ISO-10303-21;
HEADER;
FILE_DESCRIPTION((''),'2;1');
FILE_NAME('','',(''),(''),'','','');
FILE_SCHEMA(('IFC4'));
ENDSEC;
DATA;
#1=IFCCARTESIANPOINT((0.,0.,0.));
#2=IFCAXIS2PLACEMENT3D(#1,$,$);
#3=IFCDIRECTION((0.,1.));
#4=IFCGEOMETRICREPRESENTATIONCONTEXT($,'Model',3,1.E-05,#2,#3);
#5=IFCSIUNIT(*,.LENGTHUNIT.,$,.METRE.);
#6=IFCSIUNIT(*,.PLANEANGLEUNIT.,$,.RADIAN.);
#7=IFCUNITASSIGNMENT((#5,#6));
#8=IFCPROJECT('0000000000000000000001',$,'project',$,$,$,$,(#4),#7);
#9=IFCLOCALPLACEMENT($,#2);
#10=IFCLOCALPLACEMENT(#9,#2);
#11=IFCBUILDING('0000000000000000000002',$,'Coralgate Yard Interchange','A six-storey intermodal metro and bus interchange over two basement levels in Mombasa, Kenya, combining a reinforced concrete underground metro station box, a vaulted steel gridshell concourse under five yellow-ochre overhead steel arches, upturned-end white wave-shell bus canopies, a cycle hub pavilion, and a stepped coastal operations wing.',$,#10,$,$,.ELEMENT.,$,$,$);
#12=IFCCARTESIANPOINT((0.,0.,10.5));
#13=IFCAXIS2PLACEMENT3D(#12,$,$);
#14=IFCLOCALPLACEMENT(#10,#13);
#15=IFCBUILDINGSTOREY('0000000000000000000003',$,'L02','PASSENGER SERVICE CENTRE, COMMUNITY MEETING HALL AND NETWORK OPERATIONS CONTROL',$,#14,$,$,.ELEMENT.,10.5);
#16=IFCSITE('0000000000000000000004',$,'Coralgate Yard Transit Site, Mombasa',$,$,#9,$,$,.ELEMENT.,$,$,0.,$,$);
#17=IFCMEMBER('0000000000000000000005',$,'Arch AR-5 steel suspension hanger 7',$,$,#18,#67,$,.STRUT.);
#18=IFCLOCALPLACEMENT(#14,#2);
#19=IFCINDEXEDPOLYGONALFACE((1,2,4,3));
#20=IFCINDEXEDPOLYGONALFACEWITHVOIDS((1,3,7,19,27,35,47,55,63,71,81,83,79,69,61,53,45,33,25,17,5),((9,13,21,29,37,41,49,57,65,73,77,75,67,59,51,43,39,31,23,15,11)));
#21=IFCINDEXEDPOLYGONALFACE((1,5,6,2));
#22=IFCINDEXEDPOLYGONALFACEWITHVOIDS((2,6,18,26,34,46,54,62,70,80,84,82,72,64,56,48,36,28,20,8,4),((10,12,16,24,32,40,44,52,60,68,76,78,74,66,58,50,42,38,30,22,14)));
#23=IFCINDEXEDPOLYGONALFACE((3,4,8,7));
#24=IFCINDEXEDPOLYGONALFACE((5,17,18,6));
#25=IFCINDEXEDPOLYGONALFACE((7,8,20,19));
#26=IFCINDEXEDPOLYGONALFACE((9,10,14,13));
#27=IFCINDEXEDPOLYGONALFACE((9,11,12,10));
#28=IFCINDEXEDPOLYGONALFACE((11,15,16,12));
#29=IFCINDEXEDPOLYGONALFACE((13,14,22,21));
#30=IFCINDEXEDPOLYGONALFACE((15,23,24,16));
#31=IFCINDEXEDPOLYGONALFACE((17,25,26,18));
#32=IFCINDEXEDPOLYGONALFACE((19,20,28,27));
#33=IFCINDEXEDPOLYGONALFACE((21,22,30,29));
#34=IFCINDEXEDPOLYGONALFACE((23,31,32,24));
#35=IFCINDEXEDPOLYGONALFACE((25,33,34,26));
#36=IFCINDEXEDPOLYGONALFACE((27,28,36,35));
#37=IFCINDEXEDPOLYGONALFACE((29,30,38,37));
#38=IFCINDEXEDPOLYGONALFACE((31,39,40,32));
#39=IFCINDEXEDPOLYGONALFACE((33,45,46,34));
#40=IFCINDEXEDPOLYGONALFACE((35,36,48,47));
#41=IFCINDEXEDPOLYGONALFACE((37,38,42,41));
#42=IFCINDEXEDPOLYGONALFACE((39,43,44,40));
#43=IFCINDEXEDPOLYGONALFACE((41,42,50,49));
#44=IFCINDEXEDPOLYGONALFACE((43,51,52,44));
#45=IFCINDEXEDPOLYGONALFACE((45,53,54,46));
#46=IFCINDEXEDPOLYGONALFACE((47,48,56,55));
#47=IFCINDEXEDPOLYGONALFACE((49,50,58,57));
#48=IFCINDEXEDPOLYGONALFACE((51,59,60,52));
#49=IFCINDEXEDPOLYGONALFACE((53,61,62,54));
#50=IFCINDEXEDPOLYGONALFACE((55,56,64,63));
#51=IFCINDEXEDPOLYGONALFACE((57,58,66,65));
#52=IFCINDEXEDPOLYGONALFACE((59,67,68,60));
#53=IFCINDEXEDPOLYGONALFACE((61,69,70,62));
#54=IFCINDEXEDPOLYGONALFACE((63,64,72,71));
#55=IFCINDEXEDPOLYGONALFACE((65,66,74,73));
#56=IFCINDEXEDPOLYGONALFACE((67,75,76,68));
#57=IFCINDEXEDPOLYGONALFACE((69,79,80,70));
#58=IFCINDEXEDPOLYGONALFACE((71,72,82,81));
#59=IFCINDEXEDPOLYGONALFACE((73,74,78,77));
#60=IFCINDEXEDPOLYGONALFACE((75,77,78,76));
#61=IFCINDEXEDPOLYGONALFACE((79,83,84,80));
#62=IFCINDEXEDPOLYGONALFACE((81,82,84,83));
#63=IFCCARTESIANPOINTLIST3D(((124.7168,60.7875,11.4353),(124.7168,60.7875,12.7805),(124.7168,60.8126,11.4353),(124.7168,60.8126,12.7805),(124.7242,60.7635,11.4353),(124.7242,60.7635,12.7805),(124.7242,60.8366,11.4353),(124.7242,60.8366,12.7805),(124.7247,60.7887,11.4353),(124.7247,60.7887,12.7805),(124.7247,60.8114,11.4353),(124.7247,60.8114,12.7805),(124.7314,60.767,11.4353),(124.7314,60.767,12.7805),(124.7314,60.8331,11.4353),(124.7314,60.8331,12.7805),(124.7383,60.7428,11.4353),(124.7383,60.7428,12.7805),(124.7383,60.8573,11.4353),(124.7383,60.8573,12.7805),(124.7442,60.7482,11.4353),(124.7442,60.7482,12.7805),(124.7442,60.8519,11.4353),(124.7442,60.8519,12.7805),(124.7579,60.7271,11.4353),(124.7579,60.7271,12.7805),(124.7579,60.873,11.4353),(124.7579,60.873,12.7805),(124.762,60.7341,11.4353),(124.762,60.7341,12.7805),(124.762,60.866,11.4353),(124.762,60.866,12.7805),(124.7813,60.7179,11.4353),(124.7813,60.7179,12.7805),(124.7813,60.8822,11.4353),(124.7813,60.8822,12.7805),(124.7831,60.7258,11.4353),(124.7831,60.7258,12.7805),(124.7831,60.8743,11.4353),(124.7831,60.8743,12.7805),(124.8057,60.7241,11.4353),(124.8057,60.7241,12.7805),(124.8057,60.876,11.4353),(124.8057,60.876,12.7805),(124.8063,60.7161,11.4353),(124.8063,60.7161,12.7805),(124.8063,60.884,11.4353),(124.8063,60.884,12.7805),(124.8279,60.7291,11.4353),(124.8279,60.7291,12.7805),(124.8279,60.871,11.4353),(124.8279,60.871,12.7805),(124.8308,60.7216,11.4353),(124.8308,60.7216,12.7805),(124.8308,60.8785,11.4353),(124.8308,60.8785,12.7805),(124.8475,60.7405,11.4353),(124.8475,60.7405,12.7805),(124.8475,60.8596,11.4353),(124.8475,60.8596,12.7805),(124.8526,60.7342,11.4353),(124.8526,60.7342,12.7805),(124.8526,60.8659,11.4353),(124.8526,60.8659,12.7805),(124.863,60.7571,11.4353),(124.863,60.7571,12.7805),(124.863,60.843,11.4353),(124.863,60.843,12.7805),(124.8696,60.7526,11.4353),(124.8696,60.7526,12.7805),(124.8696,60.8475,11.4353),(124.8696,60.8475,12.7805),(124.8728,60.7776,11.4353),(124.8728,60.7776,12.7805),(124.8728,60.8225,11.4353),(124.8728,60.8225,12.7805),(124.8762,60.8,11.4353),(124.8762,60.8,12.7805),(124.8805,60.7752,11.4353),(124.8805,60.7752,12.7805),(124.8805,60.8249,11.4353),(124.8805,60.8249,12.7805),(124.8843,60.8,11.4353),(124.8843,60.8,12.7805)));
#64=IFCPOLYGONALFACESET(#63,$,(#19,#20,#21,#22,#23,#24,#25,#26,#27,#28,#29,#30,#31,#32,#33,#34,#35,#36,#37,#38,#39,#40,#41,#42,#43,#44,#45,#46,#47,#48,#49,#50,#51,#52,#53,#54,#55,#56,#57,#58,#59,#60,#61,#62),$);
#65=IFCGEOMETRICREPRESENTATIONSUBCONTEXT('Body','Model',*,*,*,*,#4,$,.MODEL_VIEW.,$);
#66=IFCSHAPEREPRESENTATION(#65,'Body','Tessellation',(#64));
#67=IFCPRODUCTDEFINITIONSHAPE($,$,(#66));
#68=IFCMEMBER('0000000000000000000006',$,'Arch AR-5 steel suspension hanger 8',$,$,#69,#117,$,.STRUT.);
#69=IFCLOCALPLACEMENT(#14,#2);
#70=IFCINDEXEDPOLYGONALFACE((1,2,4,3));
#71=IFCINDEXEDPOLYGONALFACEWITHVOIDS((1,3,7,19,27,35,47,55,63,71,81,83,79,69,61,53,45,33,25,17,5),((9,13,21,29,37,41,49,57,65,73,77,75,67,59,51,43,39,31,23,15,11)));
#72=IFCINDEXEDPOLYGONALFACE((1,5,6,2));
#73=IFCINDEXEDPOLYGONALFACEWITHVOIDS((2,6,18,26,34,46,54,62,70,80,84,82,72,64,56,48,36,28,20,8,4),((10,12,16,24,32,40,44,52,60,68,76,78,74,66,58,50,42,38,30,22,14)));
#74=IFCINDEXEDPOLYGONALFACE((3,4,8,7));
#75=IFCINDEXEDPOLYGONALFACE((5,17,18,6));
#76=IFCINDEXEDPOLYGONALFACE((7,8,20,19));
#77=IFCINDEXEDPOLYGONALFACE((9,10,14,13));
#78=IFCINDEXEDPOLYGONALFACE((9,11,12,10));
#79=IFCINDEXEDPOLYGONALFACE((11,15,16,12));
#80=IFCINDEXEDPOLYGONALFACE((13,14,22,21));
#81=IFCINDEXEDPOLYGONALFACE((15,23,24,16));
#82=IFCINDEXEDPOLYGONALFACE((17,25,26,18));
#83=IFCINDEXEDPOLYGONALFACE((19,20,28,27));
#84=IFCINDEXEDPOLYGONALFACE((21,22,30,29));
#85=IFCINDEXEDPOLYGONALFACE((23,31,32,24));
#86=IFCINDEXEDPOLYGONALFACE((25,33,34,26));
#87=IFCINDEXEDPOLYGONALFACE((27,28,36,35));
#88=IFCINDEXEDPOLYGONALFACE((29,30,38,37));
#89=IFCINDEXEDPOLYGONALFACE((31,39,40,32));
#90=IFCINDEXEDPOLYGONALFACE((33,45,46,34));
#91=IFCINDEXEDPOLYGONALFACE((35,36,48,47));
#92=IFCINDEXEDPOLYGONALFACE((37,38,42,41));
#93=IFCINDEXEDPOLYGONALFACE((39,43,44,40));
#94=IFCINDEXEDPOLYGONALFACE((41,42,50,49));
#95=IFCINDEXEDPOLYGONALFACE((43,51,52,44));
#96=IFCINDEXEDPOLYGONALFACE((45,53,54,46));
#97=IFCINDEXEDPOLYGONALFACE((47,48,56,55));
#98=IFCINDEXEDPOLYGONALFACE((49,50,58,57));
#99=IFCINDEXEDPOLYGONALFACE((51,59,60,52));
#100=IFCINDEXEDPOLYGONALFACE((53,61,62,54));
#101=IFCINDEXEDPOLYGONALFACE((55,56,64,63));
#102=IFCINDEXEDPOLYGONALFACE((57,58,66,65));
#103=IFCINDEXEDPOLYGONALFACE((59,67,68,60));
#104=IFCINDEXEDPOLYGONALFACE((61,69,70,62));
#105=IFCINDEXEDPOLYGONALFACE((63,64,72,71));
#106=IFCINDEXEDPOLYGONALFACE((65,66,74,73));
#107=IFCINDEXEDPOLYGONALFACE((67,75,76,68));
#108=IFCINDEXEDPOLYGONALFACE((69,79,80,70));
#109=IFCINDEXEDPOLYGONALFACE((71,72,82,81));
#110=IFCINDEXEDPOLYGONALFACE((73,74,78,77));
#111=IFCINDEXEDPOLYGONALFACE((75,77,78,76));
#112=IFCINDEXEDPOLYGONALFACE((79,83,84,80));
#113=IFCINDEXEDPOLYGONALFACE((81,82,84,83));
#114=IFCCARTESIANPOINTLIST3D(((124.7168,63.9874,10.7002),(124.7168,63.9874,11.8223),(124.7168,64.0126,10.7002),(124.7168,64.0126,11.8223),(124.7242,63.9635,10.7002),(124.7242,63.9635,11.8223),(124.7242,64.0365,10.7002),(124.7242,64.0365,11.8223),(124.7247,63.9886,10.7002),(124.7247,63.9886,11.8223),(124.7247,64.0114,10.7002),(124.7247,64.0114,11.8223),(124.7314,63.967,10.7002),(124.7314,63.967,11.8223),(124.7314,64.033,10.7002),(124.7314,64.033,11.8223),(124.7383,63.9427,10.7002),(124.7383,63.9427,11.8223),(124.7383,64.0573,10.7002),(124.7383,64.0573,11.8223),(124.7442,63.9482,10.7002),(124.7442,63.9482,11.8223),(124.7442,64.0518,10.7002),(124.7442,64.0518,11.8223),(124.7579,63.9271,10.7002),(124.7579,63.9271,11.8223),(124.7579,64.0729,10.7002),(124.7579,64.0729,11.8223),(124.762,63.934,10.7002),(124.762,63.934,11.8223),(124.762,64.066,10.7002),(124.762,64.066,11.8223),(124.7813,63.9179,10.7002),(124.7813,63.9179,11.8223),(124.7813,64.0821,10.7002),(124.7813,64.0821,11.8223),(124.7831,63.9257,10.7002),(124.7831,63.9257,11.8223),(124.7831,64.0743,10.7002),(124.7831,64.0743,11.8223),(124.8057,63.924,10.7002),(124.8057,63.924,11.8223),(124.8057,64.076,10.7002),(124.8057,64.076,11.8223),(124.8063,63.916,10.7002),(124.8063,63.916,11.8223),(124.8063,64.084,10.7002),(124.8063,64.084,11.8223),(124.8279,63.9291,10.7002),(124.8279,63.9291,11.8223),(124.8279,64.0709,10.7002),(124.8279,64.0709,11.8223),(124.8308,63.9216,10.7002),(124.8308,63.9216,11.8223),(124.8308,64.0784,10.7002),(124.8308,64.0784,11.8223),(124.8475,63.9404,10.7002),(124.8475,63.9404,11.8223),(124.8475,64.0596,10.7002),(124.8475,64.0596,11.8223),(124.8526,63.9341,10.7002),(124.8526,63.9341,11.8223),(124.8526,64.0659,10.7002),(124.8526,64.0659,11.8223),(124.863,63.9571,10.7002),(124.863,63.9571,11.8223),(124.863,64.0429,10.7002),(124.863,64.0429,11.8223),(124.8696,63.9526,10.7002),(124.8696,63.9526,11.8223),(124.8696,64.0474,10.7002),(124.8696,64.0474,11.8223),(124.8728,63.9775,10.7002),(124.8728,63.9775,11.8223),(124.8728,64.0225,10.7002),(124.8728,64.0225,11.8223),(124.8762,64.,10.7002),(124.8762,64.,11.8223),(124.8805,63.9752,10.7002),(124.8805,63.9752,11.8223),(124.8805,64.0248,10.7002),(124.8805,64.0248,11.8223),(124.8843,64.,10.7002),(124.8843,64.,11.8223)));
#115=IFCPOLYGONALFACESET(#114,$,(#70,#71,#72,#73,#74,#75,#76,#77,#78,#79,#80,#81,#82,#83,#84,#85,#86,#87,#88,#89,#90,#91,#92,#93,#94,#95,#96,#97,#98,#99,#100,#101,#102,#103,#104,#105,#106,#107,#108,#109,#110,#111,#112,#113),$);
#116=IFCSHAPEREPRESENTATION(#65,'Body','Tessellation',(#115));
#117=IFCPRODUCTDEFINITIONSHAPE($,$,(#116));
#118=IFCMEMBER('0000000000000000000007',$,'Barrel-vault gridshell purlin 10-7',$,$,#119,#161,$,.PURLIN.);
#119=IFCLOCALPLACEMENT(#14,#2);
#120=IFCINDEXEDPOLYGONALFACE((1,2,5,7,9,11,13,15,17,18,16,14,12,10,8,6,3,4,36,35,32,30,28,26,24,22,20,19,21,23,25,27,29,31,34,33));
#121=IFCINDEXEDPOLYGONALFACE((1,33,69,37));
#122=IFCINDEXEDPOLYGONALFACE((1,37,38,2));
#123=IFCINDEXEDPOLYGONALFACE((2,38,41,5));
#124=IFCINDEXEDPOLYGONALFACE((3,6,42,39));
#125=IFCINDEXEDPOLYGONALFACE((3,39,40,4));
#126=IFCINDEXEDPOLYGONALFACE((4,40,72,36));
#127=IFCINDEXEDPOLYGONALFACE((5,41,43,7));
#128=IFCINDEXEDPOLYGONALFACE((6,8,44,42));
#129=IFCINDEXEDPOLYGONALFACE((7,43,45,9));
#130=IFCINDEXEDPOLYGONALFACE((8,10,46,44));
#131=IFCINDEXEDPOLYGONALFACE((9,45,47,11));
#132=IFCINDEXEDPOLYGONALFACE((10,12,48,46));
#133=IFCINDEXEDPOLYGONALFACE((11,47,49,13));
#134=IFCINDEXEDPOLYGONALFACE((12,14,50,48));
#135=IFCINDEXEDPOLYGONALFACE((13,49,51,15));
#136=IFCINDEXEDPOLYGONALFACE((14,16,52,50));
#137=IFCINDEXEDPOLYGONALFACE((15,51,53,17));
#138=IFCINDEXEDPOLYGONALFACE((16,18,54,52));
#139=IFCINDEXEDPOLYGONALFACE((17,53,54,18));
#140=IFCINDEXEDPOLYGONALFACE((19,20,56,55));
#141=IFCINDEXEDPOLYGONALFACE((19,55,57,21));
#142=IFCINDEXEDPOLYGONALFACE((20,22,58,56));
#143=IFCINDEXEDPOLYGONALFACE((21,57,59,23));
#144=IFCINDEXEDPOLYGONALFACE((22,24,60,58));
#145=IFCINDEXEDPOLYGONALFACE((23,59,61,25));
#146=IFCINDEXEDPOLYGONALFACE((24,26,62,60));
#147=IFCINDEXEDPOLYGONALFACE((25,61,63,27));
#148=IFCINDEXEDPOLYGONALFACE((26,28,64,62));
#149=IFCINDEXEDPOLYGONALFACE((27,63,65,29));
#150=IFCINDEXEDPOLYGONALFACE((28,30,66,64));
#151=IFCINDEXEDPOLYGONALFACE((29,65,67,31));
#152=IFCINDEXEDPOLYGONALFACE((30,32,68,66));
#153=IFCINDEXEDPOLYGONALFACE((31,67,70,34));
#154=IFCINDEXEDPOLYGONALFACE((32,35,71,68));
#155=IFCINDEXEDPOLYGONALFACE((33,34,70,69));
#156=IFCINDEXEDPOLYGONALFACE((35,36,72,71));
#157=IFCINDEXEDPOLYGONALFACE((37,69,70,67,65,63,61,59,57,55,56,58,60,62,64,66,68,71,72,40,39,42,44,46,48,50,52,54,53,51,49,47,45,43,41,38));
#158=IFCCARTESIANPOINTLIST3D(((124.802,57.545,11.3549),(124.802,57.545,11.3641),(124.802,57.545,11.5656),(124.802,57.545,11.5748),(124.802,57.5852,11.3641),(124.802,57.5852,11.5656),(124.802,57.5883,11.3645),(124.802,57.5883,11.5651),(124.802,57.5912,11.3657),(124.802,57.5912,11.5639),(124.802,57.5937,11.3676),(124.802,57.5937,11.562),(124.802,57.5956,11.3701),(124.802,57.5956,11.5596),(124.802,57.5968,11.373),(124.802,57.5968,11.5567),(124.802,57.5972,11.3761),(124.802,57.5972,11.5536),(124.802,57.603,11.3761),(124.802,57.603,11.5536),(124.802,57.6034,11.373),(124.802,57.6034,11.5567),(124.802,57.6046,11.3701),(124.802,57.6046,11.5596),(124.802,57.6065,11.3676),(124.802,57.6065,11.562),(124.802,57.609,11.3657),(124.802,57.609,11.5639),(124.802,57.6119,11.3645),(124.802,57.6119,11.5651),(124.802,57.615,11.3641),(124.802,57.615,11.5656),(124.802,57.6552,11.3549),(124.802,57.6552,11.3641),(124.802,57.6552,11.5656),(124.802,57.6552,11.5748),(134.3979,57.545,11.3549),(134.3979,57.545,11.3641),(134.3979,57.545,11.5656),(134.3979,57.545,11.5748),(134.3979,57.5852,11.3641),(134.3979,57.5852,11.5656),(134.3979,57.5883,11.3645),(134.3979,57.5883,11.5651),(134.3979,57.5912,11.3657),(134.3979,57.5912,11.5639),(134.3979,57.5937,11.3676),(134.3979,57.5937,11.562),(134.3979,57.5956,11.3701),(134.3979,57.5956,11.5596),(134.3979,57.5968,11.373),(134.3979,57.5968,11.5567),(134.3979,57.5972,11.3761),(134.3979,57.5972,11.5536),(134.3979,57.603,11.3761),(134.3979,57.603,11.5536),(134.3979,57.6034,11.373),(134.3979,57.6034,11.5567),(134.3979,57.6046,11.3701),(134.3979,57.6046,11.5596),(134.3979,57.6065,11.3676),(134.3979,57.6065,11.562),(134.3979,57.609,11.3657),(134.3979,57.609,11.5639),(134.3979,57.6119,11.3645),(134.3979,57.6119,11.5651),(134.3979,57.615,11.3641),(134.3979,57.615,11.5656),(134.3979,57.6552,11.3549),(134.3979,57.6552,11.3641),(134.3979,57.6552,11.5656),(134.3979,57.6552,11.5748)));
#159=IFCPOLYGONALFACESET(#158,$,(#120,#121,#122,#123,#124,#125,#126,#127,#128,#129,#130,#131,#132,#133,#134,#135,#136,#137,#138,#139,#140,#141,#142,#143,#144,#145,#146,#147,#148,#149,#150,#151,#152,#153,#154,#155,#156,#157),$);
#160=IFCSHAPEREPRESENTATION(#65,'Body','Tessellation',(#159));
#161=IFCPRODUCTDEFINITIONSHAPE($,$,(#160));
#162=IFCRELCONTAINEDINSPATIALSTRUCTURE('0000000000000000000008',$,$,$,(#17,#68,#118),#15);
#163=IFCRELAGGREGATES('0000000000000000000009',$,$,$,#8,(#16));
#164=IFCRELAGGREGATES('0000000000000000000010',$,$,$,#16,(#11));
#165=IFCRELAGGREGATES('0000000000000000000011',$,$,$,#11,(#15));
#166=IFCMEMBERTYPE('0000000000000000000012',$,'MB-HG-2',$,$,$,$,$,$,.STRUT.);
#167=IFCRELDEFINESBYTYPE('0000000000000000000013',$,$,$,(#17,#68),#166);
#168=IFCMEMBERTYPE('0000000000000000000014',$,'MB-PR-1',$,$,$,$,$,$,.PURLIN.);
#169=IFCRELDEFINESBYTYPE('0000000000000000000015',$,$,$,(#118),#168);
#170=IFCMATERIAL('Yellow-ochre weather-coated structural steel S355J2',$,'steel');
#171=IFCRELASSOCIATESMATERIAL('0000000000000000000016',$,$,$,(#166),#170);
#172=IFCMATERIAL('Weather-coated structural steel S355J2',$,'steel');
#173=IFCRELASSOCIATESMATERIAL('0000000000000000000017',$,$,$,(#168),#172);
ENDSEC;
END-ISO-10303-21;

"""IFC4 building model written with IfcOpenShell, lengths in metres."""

from ifc_helpers import new_model, si_unit, direction, frame, origin, origin_2d, place, context, subcontext, project, spatial, hollow_circle, i_section, extrude, material, material_profile, profile_set, type_object, element, save


model = new_model("IFC4")

# Units and contexts
model_context = context("Model", 3, precision=1e-05, world=origin(), true_north=direction((0.0, 1.0)))
body_context = subcontext(model_context, "Body", "Model", "MODEL_VIEW")
ifc_project = project(units=[si_unit("LENGTHUNIT", "METRE"), si_unit("PLANEANGLEUNIT", "RADIAN")], contexts=[model_context])

# Site, building, storey
site_placement = place(None, origin())
site = spatial("IfcSite", under=ifc_project, at=site_placement, Name="Coralgate Yard Transit Site, Mombasa", CompositionType="ELEMENT", RefElevation=0.0)
building_placement = place(site_placement, origin())
building = spatial("IfcBuilding", under=site, at=building_placement, Name="Coralgate Yard Interchange", Description="A six-storey intermodal metro and bus interchange over two basement levels in Mombasa, Kenya, combining a reinforced concrete underground metro station box, a vaulted steel gridshell concourse under five yellow-ochre overhead steel arches, upturned-end white wave-shell bus canopies, a cycle hub pavilion, and a stepped coastal operations wing.", CompositionType="ELEMENT")
storey_placement = place(building_placement, frame((0.0, 0.0, 10.5)))
storey = spatial("IfcBuildingStorey", under=building, at=storey_placement, Name="L02", Description="PASSENGER SERVICE CENTRE, COMMUNITY MEETING HALL AND NETWORK OPERATIONS CONTROL", CompositionType="ELEMENT", Elevation=10.5)

# Shared definitions
ifc_material_1 = material(Name="Yellow-ochre weather-coated structural steel S355J2", Category="steel")
ifc_material_2 = material(Name="Weather-coated structural steel S355J2", Category="steel")

# Members
ifc_material_profile_1 = material_profile(ifc_material_1, hollow_circle(Radius=0.0842, WallThickness=0.0081, at=origin_2d()), Name="CHS 168.3x8")
ifc_profile_set_1 = profile_set([ifc_material_profile_1], Name="Yellow-ochre weather-coated structural steel S355J2")
member_type_1 = type_object("IfcMemberType", Name="MB-HG-2", PredefinedType="STRUT", material=ifc_profile_set_1)
member_1_placement = place(storey_placement, frame((124.8, 60.8, 11.4353), z_axis=(0.0, 0.0, 1.0), x_axis=(1.0, 0.0, 0.0)))
element("IfcMember", 1, at=member_1_placement, inside=storey, type_object=member_type_1, Name="Arch AR-5 steel suspension hanger 7", PredefinedType="STRUT", context=body_context, shape_type="SweptSolid", body=[
    extrude(hollow_circle(Radius=0.0842, WallThickness=0.0081, at=origin_2d()), origin(), (0.0, 0.0, 1.0), 1.3452),
])
member_2_placement = place(storey_placement, frame((124.8, 64.0, 10.7002), z_axis=(0.0, 0.0, 1.0), x_axis=(1.0, 0.0, 0.0)))
element("IfcMember", 2, at=member_2_placement, inside=storey, type_object=member_type_1, Name="Arch AR-5 steel suspension hanger 8", PredefinedType="STRUT", context=body_context, shape_type="SweptSolid", body=[
    extrude(hollow_circle(Radius=0.0842, WallThickness=0.0081, at=origin_2d()), origin(), (0.0, 0.0, 1.0), 1.1221),
])
ifc_material_profile_2 = material_profile(ifc_material_2, i_section(OverallWidth=0.1101, OverallDepth=0.22, WebThickness=0.0059, FlangeThickness=0.0093, FilletRadius=0.012, at=origin_2d()), Name="IPE 220")
ifc_profile_set_2 = profile_set([ifc_material_profile_2], Name="Weather-coated structural steel S355J2")
member_type_2 = type_object("IfcMemberType", Name="MB-PR-1", PredefinedType="PURLIN", material=ifc_profile_set_2)
for number, where, z_axis, x_axis, name in (
    (3, (124.802, 57.6001, 11.4648), (1.0, 0.0, 0.0), (0.0, 1.0, 0.0), "Barrel-vault gridshell purlin 10-7"),
):
    element("IfcMember", number, at=place(storey_placement, frame(where, z_axis=z_axis, x_axis=x_axis)), inside=storey, type_object=member_type_2, Name=name, PredefinedType="PURLIN", context=body_context, shape_type="SweptSolid", body=[
        extrude(i_section(OverallWidth=0.1101, OverallDepth=0.22, WebThickness=0.0059, FlangeThickness=0.0093, FilletRadius=0.012, at=origin_2d()), origin(), (0.0, 0.0, 1.0), 9.5959),
    ])

save(model, "model.ifc")
